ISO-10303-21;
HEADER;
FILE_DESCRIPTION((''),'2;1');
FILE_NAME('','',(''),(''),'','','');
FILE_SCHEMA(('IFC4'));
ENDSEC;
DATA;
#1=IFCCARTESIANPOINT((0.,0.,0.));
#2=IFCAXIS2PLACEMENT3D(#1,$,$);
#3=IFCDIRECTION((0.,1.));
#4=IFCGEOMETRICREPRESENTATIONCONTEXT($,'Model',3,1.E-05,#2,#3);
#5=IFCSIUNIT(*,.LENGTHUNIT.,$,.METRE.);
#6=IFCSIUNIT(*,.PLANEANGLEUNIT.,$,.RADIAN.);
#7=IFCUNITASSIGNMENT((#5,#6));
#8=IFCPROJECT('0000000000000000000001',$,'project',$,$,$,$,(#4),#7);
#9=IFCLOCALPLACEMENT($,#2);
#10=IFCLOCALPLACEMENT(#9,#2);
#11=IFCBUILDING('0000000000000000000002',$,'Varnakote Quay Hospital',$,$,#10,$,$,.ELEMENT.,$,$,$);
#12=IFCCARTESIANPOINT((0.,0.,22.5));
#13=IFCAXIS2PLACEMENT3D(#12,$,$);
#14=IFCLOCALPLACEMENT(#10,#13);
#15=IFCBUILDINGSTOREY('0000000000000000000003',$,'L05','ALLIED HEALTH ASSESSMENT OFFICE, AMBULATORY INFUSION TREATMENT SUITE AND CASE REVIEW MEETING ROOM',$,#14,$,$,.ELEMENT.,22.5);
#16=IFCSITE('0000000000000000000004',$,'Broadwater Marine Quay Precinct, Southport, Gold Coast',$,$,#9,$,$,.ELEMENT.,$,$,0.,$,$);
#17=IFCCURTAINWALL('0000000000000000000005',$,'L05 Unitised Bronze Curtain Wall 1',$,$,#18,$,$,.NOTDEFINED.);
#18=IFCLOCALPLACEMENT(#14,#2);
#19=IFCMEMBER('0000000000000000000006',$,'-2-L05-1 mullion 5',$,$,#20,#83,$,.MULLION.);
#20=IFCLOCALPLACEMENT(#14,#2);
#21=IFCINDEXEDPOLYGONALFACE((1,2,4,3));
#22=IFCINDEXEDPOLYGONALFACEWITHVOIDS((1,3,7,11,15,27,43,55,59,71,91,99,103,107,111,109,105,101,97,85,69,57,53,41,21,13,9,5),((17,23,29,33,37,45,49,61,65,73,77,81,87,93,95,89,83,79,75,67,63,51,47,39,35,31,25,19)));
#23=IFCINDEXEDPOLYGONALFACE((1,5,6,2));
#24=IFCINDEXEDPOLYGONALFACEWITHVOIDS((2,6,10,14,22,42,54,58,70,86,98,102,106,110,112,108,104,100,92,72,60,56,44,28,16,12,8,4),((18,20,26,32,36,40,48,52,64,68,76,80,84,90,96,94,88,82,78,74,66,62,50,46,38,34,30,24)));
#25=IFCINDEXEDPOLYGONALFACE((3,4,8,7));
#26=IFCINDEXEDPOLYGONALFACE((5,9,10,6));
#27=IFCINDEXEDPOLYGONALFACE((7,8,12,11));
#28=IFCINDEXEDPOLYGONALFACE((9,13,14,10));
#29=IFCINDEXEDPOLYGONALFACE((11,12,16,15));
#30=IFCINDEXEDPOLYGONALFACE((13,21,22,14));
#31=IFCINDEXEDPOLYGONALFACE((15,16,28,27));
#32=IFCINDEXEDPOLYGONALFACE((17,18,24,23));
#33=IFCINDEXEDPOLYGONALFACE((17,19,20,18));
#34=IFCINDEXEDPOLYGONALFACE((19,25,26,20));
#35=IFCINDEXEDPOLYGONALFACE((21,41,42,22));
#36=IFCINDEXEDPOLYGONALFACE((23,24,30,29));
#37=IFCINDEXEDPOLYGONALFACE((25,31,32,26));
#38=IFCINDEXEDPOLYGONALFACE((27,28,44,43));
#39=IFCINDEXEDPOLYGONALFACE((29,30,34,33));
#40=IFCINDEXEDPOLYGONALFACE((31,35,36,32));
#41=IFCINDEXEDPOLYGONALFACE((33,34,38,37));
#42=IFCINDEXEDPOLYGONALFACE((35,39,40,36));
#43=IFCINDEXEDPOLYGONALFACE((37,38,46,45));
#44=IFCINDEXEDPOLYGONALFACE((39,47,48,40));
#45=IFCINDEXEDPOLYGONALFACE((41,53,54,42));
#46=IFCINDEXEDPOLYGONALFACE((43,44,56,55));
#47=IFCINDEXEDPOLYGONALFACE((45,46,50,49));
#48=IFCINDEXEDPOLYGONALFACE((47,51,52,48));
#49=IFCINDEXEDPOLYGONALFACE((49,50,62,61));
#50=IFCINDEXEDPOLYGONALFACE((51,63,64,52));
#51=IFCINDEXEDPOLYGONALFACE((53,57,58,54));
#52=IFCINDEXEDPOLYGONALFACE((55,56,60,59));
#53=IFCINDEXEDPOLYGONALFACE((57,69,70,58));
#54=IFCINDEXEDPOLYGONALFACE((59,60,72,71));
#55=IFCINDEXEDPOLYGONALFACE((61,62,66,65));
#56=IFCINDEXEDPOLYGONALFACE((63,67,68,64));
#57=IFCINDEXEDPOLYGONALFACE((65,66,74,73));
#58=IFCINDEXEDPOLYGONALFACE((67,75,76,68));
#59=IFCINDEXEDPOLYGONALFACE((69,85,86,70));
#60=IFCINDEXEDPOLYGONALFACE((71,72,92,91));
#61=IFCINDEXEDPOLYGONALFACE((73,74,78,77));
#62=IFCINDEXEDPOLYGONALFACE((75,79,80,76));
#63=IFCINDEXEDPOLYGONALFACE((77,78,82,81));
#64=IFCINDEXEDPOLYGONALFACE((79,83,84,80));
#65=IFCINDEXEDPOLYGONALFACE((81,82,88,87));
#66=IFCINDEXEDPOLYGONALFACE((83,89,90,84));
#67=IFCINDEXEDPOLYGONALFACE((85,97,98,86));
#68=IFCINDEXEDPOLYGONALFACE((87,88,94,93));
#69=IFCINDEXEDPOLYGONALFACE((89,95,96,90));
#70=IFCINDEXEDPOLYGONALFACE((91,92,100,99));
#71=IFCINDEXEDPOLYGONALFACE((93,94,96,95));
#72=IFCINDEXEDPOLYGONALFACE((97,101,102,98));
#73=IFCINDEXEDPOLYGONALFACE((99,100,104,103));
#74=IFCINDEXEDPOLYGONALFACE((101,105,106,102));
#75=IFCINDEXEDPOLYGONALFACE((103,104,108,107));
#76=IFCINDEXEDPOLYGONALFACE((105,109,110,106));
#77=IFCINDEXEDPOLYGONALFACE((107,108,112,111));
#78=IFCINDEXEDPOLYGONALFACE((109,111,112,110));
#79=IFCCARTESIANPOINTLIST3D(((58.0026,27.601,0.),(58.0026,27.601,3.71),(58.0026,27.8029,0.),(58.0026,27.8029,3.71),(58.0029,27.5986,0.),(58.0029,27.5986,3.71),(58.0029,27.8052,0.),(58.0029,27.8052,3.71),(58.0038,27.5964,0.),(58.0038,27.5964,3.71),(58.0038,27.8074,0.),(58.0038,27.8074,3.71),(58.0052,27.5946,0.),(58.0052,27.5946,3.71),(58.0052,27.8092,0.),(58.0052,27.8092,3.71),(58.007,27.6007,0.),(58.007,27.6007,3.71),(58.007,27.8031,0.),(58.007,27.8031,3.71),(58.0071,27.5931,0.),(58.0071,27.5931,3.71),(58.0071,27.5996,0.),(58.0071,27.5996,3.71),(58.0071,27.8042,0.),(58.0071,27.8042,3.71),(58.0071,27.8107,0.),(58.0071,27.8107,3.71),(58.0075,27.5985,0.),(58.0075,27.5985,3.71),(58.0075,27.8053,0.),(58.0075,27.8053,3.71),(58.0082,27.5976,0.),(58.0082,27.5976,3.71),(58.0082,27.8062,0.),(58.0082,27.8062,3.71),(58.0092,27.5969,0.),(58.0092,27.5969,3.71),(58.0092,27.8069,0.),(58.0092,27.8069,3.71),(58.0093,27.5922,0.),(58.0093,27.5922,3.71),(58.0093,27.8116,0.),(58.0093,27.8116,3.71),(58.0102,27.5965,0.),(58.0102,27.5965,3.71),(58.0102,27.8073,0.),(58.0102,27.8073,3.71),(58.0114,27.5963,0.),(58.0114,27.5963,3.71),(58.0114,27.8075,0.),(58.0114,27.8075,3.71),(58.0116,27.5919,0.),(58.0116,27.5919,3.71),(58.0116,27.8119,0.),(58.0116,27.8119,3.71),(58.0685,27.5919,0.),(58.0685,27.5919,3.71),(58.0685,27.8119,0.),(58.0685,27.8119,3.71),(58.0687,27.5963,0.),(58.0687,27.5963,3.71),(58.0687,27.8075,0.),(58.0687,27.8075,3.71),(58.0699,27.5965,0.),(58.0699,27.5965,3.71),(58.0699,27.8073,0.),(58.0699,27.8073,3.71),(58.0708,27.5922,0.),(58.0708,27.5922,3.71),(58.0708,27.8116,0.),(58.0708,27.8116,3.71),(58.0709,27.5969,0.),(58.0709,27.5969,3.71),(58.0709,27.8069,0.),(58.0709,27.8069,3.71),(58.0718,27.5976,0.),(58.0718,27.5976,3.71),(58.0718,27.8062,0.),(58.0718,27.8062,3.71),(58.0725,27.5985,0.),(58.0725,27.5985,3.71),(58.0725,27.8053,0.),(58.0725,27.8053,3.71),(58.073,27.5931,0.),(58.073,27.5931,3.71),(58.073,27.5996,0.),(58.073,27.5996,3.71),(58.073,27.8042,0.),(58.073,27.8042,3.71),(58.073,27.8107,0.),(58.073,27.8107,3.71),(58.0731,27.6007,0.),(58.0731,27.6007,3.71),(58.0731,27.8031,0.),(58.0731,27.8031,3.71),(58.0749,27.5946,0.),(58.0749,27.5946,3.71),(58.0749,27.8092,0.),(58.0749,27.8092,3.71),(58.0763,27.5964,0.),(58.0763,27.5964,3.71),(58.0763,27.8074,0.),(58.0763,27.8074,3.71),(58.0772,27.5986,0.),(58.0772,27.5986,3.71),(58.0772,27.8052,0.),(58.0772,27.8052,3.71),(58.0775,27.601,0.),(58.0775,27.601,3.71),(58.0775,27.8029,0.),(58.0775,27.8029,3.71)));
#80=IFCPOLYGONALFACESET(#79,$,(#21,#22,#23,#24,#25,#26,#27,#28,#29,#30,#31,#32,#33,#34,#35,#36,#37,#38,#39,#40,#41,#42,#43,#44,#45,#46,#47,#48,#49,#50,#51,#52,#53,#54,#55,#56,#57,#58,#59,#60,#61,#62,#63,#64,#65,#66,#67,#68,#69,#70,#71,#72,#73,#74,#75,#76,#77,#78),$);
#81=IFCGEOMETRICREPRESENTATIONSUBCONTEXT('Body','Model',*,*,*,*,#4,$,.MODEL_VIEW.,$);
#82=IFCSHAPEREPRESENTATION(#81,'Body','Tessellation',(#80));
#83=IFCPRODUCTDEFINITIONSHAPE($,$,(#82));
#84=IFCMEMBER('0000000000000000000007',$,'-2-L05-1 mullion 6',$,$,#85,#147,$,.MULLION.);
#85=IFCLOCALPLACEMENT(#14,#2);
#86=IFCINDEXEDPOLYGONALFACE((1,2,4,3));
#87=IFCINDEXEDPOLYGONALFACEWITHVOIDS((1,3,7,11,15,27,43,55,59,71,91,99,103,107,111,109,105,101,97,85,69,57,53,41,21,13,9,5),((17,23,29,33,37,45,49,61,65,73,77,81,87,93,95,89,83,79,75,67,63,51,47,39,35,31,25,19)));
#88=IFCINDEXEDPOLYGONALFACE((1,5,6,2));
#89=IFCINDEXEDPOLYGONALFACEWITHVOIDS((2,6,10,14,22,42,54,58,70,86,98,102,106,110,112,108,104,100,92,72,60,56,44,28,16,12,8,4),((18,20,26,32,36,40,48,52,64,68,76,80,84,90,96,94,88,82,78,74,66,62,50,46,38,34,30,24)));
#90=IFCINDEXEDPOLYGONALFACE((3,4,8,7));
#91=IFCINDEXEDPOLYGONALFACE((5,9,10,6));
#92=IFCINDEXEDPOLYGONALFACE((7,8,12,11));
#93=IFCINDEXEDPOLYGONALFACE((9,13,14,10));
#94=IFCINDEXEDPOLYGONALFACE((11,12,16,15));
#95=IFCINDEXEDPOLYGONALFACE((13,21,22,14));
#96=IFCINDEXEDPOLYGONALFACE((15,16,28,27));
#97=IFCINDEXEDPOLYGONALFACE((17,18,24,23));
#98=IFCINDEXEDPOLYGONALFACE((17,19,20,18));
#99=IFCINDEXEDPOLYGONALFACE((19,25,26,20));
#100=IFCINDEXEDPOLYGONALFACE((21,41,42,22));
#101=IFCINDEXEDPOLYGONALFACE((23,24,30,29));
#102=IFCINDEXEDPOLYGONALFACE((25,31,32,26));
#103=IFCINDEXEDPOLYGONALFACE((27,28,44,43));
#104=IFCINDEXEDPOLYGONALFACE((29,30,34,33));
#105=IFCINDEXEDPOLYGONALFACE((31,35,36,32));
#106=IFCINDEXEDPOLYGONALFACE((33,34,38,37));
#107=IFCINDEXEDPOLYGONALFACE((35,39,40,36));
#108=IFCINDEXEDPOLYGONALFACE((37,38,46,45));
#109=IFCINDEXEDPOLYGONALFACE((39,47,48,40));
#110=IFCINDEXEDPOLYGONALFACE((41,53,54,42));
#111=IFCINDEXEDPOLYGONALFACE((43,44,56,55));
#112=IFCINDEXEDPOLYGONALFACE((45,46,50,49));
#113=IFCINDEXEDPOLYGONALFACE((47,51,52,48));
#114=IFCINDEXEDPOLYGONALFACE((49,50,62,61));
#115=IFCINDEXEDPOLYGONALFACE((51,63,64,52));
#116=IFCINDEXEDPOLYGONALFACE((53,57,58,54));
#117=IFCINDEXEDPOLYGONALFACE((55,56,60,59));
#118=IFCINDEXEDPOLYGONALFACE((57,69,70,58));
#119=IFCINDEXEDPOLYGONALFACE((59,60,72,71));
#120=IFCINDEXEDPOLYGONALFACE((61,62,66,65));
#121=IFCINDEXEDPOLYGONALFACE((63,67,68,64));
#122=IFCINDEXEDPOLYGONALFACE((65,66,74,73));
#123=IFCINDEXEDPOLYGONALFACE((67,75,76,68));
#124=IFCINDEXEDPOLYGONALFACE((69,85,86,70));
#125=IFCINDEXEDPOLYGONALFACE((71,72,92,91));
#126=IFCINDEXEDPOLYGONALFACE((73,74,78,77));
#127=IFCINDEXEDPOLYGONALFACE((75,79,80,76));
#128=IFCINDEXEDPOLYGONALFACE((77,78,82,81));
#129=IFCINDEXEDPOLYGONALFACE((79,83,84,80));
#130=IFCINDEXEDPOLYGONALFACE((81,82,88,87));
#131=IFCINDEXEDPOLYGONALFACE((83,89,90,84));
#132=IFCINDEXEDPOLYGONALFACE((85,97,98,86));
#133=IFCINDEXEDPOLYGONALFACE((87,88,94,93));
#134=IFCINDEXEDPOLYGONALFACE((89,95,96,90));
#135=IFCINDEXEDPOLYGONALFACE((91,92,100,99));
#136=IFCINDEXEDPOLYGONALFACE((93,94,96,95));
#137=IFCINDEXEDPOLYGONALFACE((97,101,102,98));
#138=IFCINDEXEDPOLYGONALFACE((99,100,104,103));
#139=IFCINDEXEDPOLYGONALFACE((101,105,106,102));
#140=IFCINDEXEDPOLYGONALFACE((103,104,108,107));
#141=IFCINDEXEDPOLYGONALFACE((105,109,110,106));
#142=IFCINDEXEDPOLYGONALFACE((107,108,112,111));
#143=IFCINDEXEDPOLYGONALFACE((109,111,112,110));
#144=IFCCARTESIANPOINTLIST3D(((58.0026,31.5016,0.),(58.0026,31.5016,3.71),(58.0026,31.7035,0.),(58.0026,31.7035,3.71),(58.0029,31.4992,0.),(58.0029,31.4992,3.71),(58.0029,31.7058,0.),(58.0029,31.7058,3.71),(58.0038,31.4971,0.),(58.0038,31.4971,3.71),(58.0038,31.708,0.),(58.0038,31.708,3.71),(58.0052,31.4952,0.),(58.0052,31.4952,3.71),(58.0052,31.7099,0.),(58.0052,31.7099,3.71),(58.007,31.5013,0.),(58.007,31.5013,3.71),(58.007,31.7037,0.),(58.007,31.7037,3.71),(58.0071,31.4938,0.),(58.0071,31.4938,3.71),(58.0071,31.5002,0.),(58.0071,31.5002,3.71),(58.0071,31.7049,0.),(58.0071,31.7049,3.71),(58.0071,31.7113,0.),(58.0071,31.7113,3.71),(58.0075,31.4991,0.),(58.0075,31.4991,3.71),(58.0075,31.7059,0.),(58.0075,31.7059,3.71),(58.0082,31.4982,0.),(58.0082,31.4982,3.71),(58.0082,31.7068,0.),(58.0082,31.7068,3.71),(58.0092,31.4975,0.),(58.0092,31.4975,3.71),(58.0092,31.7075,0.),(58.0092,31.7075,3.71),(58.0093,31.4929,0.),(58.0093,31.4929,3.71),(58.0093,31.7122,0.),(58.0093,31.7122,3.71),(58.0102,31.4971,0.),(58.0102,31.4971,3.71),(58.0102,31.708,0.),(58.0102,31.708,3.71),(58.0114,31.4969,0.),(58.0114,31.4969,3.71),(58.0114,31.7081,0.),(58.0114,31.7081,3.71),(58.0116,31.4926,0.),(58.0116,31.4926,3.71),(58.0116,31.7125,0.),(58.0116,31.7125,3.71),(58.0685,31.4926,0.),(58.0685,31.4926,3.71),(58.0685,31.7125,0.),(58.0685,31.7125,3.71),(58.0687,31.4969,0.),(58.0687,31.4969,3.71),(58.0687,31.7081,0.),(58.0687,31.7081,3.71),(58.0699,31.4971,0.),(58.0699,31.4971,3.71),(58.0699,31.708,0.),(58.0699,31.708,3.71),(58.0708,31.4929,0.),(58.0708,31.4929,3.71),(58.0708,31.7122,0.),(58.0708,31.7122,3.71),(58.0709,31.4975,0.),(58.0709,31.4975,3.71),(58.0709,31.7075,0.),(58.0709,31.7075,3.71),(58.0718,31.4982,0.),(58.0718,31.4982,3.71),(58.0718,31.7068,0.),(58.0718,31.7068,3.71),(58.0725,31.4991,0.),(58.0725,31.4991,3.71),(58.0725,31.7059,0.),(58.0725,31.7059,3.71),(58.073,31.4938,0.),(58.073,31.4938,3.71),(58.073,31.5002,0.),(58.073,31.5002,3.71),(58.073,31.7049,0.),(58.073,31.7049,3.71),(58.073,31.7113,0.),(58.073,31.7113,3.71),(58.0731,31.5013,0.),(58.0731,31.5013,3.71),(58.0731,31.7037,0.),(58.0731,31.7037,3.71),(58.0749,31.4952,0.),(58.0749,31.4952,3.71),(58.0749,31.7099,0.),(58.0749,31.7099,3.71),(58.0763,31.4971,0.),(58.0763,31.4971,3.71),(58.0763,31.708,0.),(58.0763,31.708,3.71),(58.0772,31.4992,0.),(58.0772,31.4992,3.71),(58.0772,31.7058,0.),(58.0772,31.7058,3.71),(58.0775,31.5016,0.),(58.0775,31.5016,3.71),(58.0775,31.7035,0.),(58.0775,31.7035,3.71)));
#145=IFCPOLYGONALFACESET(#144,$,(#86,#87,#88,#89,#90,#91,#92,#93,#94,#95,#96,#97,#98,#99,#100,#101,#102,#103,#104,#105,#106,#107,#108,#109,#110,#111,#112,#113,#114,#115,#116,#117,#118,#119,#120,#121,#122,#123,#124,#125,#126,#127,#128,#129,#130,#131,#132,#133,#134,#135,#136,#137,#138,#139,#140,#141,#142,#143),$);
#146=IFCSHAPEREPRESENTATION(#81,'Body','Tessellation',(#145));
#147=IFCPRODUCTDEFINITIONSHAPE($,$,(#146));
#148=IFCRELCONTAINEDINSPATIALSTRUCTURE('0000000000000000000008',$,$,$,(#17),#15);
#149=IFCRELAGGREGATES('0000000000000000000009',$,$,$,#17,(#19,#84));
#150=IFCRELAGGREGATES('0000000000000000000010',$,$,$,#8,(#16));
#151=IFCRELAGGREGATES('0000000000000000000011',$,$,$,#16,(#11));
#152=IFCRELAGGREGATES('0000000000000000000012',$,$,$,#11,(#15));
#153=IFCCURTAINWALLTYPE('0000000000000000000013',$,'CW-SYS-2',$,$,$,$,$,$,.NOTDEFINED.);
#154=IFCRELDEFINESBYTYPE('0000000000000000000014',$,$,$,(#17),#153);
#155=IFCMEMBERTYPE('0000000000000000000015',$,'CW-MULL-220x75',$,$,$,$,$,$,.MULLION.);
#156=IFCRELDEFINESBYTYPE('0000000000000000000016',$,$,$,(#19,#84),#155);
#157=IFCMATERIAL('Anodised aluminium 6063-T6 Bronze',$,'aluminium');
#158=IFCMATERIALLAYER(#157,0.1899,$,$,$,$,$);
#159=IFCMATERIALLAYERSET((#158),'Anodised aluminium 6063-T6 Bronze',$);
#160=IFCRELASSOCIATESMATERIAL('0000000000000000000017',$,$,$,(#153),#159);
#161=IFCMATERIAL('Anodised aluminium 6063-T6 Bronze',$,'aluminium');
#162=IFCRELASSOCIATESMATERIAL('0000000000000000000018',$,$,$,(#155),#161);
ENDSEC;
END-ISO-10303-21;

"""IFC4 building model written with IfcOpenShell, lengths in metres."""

from ifc_helpers import new_model, si_unit, direction, frame, origin, origin_2d, place, context, subcontext, project, spatial, hollow_rectangle, extrude, material, layer, layer_set, material_profile, profile_set, type_object, element, aggregate, save


model = new_model("IFC4")

# Units and contexts
model_context = context("Model", 3, precision=1e-05, world=origin(), true_north=direction((0.0, 1.0)))
body_context = subcontext(model_context, "Body", "Model", "MODEL_VIEW")
ifc_project = project(units=[si_unit("LENGTHUNIT", "METRE"), si_unit("PLANEANGLEUNIT", "RADIAN")], contexts=[model_context])

# Site, building, storey
site_placement = place(None, origin())
site = spatial("IfcSite", under=ifc_project, at=site_placement, Name="Broadwater Marine Quay Precinct, Southport, Gold Coast", CompositionType="ELEMENT", RefElevation=0.0)
building_placement = place(site_placement, origin())
building = spatial("IfcBuilding", under=site, at=building_placement, Name="Varnakote Quay Hospital", CompositionType="ELEMENT")
storey_placement = place(building_placement, frame((0.0, 0.0, 22.5)))
storey = spatial("IfcBuildingStorey", under=building, at=storey_placement, Name="L05", Description="ALLIED HEALTH ASSESSMENT OFFICE, AMBULATORY INFUSION TREATMENT SUITE AND CASE REVIEW MEETING ROOM", CompositionType="ELEMENT", Elevation=22.5)

# Curtain wall, members
ifc_material_1 = material(Name="Anodised aluminium 6063-T6 Bronze", Category="aluminium")
ifc_layer_1 = layer(ifc_material_1, 0.1899)
ifc_layer_set_1 = layer_set([ifc_layer_1], Name="Anodised aluminium 6063-T6 Bronze")
curtain_wall_type = type_object("IfcCurtainWallType", Name="CW-SYS-2", PredefinedType="NOTDEFINED", material=ifc_layer_set_1)
curtain_wall_placement = place(storey_placement, origin())
curtain_wall = element("IfcCurtainWall", 1, at=curtain_wall_placement, inside=storey, type_object=curtain_wall_type, Name="L05 Unitised Bronze Curtain Wall 1", PredefinedType="NOTDEFINED")
ifc_material_2 = material(Name="Anodised aluminium 6063-T6 Bronze", Category="aluminium")
ifc_material_profile_1 = material_profile(ifc_material_2, hollow_rectangle(XDim=0.075, YDim=0.22, WallThickness=0.0044, InnerFilletRadius=0.0044, OuterFilletRadius=0.009, at=origin_2d()), Name="CW-MULL-220x75")
ifc_profile_set_1 = profile_set([ifc_material_profile_1], Name="Anodised aluminium 6063-T6 Bronze")
member_type_1 = type_object("IfcMemberType", Name="CW-MULL-220x75", PredefinedType="MULLION", material=ifc_profile_set_1)
member_1_placement = place(storey_placement, frame((58.04, 27.7019, 0.0), z_axis=(0.0, 0.0, 1.0), x_axis=(-1.0, 0.0, 0.0)))
member_1 = element("IfcMember", 2, at=member_1_placement, type_object=member_type_1, Name="-2-L05-1 mullion 5", PredefinedType="MULLION", context=body_context, shape_type="SweptSolid", body=[
    extrude(hollow_rectangle(XDim=0.075, YDim=0.22, WallThickness=0.0044, InnerFilletRadius=0.0044, OuterFilletRadius=0.009, at=origin_2d()), origin(), (0.0, 0.0, 1.0), 3.71),
])
member_2_placement = place(storey_placement, frame((58.04, 31.6025, 0.0), z_axis=(0.0, 0.0, 1.0), x_axis=(-1.0, 0.0, 0.0)))
member_2 = element("IfcMember", 3, at=member_2_placement, type_object=member_type_1, Name="-2-L05-1 mullion 6", PredefinedType="MULLION", context=body_context, shape_type="SweptSolid", body=[
    extrude(hollow_rectangle(XDim=0.075, YDim=0.22, WallThickness=0.0044, InnerFilletRadius=0.0044, OuterFilletRadius=0.009, at=origin_2d()), origin(), (0.0, 0.0, 1.0), 3.71),
])
aggregate(curtain_wall, [member_1, member_2])

save(model, "model.ifc")
